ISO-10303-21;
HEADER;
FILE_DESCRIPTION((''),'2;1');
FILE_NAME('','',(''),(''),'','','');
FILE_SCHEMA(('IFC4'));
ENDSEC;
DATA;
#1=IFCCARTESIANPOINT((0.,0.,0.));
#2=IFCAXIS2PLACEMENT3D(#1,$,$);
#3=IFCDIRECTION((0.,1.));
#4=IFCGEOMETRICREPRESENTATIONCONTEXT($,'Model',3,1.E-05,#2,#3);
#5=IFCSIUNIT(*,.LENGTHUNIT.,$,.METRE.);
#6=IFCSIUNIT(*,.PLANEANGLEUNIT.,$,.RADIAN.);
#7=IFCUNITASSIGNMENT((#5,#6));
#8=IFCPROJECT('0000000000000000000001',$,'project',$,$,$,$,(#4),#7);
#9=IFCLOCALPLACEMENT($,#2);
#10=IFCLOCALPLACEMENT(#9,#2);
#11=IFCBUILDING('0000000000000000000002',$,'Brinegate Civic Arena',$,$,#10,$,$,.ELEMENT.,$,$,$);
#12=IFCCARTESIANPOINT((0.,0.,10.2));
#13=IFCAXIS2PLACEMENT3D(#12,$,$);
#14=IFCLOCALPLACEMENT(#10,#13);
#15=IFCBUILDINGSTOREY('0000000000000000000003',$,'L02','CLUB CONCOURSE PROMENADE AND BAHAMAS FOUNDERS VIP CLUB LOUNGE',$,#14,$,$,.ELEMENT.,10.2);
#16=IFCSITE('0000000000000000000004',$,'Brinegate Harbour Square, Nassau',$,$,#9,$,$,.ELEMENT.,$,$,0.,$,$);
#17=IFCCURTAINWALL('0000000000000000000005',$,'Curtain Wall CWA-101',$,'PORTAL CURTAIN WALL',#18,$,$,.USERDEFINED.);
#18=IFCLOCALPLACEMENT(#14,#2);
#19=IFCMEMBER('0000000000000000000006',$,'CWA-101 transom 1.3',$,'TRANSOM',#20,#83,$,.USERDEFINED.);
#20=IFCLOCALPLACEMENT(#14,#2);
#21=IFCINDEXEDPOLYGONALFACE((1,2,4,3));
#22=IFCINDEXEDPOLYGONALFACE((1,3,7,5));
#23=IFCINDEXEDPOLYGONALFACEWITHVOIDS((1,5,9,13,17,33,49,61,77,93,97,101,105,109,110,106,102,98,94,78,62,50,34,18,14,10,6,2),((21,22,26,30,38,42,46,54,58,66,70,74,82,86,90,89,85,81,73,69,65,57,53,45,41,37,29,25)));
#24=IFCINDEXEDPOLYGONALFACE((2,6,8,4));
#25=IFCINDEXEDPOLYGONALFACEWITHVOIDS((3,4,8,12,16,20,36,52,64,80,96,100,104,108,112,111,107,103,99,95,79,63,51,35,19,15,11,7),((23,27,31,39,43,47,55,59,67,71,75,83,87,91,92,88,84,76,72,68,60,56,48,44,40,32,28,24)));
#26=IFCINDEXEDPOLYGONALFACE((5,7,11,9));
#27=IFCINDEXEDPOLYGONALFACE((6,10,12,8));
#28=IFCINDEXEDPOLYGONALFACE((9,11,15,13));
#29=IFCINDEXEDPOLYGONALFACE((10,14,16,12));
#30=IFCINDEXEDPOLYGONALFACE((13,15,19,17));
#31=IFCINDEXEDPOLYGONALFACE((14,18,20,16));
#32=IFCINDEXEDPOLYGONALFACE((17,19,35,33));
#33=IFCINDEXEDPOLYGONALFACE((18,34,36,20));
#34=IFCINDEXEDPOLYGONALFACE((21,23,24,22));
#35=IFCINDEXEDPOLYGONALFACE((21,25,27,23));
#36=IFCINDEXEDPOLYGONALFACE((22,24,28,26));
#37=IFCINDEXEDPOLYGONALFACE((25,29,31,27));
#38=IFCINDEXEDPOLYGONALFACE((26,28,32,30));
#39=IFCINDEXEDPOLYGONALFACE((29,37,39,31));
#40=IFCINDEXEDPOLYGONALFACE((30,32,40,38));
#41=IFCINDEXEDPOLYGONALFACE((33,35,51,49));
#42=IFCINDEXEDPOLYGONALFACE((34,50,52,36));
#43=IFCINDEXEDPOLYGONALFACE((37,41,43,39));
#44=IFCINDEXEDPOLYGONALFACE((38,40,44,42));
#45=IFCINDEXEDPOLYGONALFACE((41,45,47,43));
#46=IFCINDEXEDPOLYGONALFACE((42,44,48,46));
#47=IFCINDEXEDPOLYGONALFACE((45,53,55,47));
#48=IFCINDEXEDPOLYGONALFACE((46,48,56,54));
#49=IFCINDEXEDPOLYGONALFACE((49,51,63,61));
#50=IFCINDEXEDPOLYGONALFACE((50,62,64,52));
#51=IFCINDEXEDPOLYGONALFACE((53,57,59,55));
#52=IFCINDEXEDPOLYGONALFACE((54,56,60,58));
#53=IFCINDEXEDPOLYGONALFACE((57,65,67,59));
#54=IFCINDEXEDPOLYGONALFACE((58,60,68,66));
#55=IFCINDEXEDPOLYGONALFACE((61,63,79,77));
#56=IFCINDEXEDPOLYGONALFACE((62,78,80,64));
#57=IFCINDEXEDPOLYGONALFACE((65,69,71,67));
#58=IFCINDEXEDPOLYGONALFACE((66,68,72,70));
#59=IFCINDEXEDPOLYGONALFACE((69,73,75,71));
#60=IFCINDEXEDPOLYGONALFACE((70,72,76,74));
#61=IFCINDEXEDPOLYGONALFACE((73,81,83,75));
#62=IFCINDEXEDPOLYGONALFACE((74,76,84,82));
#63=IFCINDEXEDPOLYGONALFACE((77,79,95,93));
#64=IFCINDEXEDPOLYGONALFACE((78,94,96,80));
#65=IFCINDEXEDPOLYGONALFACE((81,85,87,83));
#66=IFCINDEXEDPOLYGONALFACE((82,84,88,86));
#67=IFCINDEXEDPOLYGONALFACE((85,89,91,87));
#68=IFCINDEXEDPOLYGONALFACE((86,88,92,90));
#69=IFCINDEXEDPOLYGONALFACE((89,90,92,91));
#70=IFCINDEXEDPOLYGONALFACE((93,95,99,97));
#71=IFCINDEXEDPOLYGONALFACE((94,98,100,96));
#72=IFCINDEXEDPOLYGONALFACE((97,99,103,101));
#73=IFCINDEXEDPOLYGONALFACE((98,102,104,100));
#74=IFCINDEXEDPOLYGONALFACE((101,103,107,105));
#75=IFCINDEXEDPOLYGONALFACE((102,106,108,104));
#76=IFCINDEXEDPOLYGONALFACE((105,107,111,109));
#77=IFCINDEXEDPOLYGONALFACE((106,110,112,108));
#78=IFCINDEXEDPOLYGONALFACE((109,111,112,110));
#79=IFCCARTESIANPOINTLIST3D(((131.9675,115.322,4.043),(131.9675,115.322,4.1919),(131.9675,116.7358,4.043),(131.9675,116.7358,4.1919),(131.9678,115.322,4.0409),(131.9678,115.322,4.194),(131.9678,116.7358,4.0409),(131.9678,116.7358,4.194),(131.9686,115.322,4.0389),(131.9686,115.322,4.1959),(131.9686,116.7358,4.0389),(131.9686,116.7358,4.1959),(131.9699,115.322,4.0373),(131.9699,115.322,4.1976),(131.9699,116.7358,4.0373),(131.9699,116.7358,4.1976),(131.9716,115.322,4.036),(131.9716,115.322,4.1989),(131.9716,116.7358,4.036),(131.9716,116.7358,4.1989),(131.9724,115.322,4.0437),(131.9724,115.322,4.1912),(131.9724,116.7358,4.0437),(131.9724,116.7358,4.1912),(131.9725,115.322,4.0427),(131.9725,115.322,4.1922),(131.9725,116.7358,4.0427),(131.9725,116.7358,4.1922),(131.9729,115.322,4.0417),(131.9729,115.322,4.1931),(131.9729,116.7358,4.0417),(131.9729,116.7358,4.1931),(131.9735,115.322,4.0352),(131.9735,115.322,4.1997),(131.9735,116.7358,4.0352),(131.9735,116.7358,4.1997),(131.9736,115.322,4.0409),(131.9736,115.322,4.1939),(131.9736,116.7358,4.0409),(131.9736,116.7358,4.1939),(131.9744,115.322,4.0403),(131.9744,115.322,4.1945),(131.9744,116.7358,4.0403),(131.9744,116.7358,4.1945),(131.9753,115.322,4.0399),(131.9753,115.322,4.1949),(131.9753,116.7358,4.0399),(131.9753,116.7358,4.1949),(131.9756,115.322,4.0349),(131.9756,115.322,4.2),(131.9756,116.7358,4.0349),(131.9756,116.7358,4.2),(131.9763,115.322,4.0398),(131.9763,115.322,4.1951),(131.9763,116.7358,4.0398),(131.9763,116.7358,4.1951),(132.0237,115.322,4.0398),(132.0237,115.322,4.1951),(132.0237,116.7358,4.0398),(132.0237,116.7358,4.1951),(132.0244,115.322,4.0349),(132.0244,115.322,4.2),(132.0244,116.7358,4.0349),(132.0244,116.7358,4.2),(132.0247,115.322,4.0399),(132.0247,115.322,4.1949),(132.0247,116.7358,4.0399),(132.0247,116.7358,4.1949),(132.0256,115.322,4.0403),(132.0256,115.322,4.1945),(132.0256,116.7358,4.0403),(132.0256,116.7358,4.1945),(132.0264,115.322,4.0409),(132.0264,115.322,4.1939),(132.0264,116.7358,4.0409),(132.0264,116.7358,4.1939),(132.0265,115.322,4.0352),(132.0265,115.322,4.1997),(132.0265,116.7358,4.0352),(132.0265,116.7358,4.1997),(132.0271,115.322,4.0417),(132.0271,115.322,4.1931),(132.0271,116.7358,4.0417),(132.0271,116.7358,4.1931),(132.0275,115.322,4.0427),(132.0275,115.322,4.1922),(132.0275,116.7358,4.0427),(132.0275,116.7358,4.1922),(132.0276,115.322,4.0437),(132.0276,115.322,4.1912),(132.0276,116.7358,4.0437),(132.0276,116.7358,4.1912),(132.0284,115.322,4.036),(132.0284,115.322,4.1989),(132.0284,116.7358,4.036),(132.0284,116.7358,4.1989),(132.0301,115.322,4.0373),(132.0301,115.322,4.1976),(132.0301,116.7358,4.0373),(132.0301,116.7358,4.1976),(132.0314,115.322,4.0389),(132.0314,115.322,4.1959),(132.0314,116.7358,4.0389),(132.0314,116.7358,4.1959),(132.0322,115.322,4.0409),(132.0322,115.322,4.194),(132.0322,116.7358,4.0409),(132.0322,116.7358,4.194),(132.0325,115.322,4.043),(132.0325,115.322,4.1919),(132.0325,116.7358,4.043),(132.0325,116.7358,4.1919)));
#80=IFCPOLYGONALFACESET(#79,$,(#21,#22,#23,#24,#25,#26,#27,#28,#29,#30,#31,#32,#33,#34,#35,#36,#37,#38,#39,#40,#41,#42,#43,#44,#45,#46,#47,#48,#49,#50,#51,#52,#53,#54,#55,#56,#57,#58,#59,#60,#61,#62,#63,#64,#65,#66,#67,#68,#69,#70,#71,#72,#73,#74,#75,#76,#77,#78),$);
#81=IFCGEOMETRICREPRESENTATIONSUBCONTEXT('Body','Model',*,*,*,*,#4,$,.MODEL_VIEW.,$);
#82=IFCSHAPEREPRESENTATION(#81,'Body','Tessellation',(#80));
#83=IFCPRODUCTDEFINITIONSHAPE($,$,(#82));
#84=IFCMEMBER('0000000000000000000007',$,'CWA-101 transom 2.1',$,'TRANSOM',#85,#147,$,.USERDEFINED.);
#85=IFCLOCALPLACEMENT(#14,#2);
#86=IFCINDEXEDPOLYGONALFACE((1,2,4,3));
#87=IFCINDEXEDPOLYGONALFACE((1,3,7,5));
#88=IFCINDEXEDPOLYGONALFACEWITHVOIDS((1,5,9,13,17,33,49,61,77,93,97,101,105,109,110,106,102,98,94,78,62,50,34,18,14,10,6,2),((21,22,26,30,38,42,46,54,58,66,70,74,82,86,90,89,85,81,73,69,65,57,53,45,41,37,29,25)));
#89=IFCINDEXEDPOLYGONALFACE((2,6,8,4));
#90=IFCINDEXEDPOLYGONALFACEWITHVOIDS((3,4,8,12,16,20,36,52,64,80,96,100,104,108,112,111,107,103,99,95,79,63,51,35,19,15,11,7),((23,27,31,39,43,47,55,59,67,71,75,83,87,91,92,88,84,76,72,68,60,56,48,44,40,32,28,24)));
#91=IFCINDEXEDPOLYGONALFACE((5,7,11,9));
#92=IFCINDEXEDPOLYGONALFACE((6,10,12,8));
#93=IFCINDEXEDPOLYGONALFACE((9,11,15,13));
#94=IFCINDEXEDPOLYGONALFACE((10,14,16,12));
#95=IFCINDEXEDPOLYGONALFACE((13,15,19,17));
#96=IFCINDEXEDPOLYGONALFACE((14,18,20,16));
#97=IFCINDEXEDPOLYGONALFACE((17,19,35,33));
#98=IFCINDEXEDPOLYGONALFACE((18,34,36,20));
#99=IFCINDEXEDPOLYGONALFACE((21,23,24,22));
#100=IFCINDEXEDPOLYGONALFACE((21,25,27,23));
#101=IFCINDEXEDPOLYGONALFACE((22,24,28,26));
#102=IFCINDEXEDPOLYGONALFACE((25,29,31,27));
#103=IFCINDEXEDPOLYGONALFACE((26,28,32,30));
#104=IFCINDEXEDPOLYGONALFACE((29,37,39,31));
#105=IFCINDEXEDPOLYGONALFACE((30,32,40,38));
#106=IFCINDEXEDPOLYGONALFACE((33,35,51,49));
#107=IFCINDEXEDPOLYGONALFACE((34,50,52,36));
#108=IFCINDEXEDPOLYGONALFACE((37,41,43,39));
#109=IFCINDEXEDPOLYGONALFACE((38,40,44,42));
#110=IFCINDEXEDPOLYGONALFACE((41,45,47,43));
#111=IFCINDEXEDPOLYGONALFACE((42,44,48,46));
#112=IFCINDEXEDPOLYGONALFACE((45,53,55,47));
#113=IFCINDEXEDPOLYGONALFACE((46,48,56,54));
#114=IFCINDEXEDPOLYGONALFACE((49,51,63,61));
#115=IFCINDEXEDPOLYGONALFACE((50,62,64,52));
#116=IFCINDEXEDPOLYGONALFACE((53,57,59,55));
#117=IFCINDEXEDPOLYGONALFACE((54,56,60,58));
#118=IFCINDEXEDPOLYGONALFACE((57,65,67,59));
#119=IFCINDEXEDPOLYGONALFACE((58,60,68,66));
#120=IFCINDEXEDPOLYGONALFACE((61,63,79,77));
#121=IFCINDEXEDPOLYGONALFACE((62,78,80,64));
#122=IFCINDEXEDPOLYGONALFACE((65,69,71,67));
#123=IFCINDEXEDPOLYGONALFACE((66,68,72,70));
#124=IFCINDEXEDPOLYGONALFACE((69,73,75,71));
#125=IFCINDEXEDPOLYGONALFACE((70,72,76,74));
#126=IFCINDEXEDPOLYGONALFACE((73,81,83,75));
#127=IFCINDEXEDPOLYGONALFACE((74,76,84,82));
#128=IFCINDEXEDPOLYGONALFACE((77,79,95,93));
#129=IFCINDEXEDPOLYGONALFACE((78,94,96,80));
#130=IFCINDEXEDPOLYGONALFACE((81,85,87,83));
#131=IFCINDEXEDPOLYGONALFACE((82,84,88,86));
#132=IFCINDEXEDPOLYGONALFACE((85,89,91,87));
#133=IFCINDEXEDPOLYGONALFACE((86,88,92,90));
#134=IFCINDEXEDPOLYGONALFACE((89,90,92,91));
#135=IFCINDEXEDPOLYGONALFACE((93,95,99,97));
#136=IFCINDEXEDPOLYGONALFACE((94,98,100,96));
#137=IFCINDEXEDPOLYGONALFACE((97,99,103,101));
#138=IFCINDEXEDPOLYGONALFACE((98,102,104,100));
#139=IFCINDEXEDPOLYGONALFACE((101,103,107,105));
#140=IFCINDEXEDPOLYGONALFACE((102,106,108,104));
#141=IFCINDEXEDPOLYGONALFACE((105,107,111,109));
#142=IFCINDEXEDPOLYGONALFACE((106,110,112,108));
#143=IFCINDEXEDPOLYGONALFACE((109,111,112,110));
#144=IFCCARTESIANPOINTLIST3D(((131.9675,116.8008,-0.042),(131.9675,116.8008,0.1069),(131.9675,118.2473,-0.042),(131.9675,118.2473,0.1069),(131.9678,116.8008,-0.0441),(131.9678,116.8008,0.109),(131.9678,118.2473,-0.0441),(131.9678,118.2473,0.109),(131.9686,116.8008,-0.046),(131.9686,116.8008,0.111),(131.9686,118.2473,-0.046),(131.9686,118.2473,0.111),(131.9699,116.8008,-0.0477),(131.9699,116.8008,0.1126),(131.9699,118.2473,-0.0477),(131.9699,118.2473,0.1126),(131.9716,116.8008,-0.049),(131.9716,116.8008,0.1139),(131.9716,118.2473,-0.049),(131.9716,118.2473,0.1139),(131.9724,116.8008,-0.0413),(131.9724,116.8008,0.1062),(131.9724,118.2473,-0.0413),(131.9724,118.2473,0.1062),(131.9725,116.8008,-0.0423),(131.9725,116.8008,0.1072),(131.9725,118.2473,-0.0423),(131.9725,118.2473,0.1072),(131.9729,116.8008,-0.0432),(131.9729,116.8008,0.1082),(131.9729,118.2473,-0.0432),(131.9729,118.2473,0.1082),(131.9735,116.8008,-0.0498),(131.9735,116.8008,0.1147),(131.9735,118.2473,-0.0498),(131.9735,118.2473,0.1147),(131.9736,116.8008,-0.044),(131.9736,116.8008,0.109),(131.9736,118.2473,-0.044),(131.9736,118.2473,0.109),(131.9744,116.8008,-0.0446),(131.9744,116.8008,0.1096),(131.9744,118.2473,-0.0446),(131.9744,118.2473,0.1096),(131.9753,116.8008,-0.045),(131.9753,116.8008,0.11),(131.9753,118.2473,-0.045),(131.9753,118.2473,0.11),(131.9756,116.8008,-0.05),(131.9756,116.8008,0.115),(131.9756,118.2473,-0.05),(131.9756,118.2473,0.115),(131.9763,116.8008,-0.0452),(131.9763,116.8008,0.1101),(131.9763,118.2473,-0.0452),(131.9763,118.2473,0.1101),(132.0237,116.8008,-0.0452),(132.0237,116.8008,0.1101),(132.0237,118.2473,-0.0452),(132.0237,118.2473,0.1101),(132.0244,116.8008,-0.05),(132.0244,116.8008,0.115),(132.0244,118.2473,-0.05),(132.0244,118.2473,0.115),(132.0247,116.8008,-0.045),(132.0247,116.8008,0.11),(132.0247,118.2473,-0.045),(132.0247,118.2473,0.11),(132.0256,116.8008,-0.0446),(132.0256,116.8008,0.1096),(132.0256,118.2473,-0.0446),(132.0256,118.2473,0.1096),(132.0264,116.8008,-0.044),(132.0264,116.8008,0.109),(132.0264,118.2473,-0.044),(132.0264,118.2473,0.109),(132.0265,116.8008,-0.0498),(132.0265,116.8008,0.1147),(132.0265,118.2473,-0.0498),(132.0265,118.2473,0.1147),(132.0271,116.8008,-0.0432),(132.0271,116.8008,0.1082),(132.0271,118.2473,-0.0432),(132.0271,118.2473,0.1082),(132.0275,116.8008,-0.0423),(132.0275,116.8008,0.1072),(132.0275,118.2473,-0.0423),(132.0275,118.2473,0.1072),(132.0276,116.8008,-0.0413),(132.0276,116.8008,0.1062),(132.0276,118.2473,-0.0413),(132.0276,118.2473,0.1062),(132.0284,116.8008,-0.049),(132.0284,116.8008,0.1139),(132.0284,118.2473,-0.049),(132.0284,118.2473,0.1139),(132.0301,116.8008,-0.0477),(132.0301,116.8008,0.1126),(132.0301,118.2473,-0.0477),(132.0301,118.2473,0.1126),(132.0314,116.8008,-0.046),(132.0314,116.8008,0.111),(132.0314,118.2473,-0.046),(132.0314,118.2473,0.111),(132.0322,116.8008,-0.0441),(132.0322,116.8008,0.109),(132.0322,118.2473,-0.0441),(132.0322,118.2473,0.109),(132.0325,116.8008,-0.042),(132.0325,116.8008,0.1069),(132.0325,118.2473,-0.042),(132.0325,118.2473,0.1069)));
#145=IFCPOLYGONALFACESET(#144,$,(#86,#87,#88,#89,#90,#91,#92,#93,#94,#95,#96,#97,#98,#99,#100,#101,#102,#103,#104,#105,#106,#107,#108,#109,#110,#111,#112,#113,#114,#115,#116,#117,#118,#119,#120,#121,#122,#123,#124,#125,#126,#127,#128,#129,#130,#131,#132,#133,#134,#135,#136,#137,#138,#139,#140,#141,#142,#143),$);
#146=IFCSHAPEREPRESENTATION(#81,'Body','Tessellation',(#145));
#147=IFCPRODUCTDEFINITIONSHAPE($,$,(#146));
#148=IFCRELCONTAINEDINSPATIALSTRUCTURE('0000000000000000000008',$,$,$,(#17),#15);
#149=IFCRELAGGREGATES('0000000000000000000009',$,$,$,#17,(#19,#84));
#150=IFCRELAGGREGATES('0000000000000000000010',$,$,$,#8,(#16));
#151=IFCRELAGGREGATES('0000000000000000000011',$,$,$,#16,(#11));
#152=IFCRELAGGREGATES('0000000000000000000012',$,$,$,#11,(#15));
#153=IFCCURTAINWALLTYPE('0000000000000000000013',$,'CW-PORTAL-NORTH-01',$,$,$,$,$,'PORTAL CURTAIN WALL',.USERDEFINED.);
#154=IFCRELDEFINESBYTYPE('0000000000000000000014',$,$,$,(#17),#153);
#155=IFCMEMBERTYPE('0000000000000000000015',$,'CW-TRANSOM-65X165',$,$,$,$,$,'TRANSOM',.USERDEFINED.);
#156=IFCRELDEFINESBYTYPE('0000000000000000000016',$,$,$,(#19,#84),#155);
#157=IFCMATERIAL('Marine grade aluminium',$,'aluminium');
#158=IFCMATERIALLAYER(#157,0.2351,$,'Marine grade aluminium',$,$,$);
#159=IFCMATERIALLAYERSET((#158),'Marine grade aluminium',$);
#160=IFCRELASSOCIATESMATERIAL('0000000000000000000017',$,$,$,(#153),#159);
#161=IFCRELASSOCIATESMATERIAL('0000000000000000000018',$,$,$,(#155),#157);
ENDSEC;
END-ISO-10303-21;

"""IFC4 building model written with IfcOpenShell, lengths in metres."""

from ifc_helpers import new_model, si_unit, direction, frame, origin, origin_2d, place, context, subcontext, project, spatial, hollow_rectangle, extrude, material, layer, layer_set, material_profile, profile_set, type_object, element, aggregate, save


model = new_model("IFC4")

# Units and contexts
model_context = context("Model", 3, precision=1e-05, world=origin(), true_north=direction((0.0, 1.0)))
body_context = subcontext(model_context, "Body", "Model", "MODEL_VIEW")
ifc_project = project(units=[si_unit("LENGTHUNIT", "METRE"), si_unit("PLANEANGLEUNIT", "RADIAN")], contexts=[model_context])

# Site, building, storey
site_placement = place(None, origin())
site = spatial("IfcSite", under=ifc_project, at=site_placement, Name="Brinegate Harbour Square, Nassau", CompositionType="ELEMENT", RefElevation=0.0)
building_placement = place(site_placement, origin())
building = spatial("IfcBuilding", under=site, at=building_placement, Name="Brinegate Civic Arena", CompositionType="ELEMENT")
storey_placement = place(building_placement, frame((0.0, 0.0, 10.2)))
storey = spatial("IfcBuildingStorey", under=building, at=storey_placement, Name="L02", Description="CLUB CONCOURSE PROMENADE AND BAHAMAS FOUNDERS VIP CLUB LOUNGE", CompositionType="ELEMENT", Elevation=10.2)

# Curtain wall, members
ifc_material_1 = material(Name="Marine grade aluminium", Category="aluminium")
ifc_layer_1 = layer(ifc_material_1, 0.2351, Name="Marine grade aluminium")
ifc_layer_set_1 = layer_set([ifc_layer_1], Name="Marine grade aluminium")
curtain_wall_type = type_object("IfcCurtainWallType", Name="CW-PORTAL-NORTH-01", ElementType="PORTAL CURTAIN WALL", PredefinedType="USERDEFINED", material=ifc_layer_set_1)
curtain_wall_placement = place(storey_placement, origin())
curtain_wall = element("IfcCurtainWall", 1, at=curtain_wall_placement, inside=storey, type_object=curtain_wall_type, Name="Curtain Wall CWA-101", ObjectType="PORTAL CURTAIN WALL", PredefinedType="USERDEFINED")
ifc_material_profile_1 = material_profile(ifc_material_1, hollow_rectangle(XDim=0.0649, YDim=0.165, WallThickness=0.0049, InnerFilletRadius=0.0039, OuterFilletRadius=0.0081, at=origin_2d()), Name="TRN65X165")
ifc_profile_set_1 = profile_set([ifc_material_profile_1], Name="Marine grade aluminium")
member_type_1 = type_object("IfcMemberType", Name="CW-TRANSOM-65X165", ElementType="TRANSOM", PredefinedType="USERDEFINED", material=ifc_profile_set_1)
member_1_placement = place(storey_placement, frame((132.0, 115.322, 4.1174), z_axis=(0.0, 1.0, 0.0), x_axis=(-1.0, 0.0, 0.0)))
member_1 = element("IfcMember", 2, at=member_1_placement, type_object=member_type_1, Name="CWA-101 transom 1.3", ObjectType="TRANSOM", PredefinedType="USERDEFINED", context=body_context, shape_type="SweptSolid", body=[
    extrude(hollow_rectangle(XDim=0.0649, YDim=0.165, WallThickness=0.0049, InnerFilletRadius=0.0039, OuterFilletRadius=0.0081, at=origin_2d()), origin(), (0.0, 0.0, 1.0), 1.4138),
])
member_2_placement = place(storey_placement, frame((132.0, 116.8008, 0.0325), z_axis=(0.0, 1.0, 0.0), x_axis=(-1.0, 0.0, 0.0)))
member_2 = element("IfcMember", 3, at=member_2_placement, type_object=member_type_1, Name="CWA-101 transom 2.1", ObjectType="TRANSOM", PredefinedType="USERDEFINED", context=body_context, shape_type="SweptSolid", body=[
    extrude(hollow_rectangle(XDim=0.0649, YDim=0.165, WallThickness=0.0049, InnerFilletRadius=0.0039, OuterFilletRadius=0.0081, at=origin_2d()), origin(), (0.0, 0.0, 1.0), 1.4465),
])

aggregate(curtain_wall, [member_1, member_2])

save(model, "model.ifc")
